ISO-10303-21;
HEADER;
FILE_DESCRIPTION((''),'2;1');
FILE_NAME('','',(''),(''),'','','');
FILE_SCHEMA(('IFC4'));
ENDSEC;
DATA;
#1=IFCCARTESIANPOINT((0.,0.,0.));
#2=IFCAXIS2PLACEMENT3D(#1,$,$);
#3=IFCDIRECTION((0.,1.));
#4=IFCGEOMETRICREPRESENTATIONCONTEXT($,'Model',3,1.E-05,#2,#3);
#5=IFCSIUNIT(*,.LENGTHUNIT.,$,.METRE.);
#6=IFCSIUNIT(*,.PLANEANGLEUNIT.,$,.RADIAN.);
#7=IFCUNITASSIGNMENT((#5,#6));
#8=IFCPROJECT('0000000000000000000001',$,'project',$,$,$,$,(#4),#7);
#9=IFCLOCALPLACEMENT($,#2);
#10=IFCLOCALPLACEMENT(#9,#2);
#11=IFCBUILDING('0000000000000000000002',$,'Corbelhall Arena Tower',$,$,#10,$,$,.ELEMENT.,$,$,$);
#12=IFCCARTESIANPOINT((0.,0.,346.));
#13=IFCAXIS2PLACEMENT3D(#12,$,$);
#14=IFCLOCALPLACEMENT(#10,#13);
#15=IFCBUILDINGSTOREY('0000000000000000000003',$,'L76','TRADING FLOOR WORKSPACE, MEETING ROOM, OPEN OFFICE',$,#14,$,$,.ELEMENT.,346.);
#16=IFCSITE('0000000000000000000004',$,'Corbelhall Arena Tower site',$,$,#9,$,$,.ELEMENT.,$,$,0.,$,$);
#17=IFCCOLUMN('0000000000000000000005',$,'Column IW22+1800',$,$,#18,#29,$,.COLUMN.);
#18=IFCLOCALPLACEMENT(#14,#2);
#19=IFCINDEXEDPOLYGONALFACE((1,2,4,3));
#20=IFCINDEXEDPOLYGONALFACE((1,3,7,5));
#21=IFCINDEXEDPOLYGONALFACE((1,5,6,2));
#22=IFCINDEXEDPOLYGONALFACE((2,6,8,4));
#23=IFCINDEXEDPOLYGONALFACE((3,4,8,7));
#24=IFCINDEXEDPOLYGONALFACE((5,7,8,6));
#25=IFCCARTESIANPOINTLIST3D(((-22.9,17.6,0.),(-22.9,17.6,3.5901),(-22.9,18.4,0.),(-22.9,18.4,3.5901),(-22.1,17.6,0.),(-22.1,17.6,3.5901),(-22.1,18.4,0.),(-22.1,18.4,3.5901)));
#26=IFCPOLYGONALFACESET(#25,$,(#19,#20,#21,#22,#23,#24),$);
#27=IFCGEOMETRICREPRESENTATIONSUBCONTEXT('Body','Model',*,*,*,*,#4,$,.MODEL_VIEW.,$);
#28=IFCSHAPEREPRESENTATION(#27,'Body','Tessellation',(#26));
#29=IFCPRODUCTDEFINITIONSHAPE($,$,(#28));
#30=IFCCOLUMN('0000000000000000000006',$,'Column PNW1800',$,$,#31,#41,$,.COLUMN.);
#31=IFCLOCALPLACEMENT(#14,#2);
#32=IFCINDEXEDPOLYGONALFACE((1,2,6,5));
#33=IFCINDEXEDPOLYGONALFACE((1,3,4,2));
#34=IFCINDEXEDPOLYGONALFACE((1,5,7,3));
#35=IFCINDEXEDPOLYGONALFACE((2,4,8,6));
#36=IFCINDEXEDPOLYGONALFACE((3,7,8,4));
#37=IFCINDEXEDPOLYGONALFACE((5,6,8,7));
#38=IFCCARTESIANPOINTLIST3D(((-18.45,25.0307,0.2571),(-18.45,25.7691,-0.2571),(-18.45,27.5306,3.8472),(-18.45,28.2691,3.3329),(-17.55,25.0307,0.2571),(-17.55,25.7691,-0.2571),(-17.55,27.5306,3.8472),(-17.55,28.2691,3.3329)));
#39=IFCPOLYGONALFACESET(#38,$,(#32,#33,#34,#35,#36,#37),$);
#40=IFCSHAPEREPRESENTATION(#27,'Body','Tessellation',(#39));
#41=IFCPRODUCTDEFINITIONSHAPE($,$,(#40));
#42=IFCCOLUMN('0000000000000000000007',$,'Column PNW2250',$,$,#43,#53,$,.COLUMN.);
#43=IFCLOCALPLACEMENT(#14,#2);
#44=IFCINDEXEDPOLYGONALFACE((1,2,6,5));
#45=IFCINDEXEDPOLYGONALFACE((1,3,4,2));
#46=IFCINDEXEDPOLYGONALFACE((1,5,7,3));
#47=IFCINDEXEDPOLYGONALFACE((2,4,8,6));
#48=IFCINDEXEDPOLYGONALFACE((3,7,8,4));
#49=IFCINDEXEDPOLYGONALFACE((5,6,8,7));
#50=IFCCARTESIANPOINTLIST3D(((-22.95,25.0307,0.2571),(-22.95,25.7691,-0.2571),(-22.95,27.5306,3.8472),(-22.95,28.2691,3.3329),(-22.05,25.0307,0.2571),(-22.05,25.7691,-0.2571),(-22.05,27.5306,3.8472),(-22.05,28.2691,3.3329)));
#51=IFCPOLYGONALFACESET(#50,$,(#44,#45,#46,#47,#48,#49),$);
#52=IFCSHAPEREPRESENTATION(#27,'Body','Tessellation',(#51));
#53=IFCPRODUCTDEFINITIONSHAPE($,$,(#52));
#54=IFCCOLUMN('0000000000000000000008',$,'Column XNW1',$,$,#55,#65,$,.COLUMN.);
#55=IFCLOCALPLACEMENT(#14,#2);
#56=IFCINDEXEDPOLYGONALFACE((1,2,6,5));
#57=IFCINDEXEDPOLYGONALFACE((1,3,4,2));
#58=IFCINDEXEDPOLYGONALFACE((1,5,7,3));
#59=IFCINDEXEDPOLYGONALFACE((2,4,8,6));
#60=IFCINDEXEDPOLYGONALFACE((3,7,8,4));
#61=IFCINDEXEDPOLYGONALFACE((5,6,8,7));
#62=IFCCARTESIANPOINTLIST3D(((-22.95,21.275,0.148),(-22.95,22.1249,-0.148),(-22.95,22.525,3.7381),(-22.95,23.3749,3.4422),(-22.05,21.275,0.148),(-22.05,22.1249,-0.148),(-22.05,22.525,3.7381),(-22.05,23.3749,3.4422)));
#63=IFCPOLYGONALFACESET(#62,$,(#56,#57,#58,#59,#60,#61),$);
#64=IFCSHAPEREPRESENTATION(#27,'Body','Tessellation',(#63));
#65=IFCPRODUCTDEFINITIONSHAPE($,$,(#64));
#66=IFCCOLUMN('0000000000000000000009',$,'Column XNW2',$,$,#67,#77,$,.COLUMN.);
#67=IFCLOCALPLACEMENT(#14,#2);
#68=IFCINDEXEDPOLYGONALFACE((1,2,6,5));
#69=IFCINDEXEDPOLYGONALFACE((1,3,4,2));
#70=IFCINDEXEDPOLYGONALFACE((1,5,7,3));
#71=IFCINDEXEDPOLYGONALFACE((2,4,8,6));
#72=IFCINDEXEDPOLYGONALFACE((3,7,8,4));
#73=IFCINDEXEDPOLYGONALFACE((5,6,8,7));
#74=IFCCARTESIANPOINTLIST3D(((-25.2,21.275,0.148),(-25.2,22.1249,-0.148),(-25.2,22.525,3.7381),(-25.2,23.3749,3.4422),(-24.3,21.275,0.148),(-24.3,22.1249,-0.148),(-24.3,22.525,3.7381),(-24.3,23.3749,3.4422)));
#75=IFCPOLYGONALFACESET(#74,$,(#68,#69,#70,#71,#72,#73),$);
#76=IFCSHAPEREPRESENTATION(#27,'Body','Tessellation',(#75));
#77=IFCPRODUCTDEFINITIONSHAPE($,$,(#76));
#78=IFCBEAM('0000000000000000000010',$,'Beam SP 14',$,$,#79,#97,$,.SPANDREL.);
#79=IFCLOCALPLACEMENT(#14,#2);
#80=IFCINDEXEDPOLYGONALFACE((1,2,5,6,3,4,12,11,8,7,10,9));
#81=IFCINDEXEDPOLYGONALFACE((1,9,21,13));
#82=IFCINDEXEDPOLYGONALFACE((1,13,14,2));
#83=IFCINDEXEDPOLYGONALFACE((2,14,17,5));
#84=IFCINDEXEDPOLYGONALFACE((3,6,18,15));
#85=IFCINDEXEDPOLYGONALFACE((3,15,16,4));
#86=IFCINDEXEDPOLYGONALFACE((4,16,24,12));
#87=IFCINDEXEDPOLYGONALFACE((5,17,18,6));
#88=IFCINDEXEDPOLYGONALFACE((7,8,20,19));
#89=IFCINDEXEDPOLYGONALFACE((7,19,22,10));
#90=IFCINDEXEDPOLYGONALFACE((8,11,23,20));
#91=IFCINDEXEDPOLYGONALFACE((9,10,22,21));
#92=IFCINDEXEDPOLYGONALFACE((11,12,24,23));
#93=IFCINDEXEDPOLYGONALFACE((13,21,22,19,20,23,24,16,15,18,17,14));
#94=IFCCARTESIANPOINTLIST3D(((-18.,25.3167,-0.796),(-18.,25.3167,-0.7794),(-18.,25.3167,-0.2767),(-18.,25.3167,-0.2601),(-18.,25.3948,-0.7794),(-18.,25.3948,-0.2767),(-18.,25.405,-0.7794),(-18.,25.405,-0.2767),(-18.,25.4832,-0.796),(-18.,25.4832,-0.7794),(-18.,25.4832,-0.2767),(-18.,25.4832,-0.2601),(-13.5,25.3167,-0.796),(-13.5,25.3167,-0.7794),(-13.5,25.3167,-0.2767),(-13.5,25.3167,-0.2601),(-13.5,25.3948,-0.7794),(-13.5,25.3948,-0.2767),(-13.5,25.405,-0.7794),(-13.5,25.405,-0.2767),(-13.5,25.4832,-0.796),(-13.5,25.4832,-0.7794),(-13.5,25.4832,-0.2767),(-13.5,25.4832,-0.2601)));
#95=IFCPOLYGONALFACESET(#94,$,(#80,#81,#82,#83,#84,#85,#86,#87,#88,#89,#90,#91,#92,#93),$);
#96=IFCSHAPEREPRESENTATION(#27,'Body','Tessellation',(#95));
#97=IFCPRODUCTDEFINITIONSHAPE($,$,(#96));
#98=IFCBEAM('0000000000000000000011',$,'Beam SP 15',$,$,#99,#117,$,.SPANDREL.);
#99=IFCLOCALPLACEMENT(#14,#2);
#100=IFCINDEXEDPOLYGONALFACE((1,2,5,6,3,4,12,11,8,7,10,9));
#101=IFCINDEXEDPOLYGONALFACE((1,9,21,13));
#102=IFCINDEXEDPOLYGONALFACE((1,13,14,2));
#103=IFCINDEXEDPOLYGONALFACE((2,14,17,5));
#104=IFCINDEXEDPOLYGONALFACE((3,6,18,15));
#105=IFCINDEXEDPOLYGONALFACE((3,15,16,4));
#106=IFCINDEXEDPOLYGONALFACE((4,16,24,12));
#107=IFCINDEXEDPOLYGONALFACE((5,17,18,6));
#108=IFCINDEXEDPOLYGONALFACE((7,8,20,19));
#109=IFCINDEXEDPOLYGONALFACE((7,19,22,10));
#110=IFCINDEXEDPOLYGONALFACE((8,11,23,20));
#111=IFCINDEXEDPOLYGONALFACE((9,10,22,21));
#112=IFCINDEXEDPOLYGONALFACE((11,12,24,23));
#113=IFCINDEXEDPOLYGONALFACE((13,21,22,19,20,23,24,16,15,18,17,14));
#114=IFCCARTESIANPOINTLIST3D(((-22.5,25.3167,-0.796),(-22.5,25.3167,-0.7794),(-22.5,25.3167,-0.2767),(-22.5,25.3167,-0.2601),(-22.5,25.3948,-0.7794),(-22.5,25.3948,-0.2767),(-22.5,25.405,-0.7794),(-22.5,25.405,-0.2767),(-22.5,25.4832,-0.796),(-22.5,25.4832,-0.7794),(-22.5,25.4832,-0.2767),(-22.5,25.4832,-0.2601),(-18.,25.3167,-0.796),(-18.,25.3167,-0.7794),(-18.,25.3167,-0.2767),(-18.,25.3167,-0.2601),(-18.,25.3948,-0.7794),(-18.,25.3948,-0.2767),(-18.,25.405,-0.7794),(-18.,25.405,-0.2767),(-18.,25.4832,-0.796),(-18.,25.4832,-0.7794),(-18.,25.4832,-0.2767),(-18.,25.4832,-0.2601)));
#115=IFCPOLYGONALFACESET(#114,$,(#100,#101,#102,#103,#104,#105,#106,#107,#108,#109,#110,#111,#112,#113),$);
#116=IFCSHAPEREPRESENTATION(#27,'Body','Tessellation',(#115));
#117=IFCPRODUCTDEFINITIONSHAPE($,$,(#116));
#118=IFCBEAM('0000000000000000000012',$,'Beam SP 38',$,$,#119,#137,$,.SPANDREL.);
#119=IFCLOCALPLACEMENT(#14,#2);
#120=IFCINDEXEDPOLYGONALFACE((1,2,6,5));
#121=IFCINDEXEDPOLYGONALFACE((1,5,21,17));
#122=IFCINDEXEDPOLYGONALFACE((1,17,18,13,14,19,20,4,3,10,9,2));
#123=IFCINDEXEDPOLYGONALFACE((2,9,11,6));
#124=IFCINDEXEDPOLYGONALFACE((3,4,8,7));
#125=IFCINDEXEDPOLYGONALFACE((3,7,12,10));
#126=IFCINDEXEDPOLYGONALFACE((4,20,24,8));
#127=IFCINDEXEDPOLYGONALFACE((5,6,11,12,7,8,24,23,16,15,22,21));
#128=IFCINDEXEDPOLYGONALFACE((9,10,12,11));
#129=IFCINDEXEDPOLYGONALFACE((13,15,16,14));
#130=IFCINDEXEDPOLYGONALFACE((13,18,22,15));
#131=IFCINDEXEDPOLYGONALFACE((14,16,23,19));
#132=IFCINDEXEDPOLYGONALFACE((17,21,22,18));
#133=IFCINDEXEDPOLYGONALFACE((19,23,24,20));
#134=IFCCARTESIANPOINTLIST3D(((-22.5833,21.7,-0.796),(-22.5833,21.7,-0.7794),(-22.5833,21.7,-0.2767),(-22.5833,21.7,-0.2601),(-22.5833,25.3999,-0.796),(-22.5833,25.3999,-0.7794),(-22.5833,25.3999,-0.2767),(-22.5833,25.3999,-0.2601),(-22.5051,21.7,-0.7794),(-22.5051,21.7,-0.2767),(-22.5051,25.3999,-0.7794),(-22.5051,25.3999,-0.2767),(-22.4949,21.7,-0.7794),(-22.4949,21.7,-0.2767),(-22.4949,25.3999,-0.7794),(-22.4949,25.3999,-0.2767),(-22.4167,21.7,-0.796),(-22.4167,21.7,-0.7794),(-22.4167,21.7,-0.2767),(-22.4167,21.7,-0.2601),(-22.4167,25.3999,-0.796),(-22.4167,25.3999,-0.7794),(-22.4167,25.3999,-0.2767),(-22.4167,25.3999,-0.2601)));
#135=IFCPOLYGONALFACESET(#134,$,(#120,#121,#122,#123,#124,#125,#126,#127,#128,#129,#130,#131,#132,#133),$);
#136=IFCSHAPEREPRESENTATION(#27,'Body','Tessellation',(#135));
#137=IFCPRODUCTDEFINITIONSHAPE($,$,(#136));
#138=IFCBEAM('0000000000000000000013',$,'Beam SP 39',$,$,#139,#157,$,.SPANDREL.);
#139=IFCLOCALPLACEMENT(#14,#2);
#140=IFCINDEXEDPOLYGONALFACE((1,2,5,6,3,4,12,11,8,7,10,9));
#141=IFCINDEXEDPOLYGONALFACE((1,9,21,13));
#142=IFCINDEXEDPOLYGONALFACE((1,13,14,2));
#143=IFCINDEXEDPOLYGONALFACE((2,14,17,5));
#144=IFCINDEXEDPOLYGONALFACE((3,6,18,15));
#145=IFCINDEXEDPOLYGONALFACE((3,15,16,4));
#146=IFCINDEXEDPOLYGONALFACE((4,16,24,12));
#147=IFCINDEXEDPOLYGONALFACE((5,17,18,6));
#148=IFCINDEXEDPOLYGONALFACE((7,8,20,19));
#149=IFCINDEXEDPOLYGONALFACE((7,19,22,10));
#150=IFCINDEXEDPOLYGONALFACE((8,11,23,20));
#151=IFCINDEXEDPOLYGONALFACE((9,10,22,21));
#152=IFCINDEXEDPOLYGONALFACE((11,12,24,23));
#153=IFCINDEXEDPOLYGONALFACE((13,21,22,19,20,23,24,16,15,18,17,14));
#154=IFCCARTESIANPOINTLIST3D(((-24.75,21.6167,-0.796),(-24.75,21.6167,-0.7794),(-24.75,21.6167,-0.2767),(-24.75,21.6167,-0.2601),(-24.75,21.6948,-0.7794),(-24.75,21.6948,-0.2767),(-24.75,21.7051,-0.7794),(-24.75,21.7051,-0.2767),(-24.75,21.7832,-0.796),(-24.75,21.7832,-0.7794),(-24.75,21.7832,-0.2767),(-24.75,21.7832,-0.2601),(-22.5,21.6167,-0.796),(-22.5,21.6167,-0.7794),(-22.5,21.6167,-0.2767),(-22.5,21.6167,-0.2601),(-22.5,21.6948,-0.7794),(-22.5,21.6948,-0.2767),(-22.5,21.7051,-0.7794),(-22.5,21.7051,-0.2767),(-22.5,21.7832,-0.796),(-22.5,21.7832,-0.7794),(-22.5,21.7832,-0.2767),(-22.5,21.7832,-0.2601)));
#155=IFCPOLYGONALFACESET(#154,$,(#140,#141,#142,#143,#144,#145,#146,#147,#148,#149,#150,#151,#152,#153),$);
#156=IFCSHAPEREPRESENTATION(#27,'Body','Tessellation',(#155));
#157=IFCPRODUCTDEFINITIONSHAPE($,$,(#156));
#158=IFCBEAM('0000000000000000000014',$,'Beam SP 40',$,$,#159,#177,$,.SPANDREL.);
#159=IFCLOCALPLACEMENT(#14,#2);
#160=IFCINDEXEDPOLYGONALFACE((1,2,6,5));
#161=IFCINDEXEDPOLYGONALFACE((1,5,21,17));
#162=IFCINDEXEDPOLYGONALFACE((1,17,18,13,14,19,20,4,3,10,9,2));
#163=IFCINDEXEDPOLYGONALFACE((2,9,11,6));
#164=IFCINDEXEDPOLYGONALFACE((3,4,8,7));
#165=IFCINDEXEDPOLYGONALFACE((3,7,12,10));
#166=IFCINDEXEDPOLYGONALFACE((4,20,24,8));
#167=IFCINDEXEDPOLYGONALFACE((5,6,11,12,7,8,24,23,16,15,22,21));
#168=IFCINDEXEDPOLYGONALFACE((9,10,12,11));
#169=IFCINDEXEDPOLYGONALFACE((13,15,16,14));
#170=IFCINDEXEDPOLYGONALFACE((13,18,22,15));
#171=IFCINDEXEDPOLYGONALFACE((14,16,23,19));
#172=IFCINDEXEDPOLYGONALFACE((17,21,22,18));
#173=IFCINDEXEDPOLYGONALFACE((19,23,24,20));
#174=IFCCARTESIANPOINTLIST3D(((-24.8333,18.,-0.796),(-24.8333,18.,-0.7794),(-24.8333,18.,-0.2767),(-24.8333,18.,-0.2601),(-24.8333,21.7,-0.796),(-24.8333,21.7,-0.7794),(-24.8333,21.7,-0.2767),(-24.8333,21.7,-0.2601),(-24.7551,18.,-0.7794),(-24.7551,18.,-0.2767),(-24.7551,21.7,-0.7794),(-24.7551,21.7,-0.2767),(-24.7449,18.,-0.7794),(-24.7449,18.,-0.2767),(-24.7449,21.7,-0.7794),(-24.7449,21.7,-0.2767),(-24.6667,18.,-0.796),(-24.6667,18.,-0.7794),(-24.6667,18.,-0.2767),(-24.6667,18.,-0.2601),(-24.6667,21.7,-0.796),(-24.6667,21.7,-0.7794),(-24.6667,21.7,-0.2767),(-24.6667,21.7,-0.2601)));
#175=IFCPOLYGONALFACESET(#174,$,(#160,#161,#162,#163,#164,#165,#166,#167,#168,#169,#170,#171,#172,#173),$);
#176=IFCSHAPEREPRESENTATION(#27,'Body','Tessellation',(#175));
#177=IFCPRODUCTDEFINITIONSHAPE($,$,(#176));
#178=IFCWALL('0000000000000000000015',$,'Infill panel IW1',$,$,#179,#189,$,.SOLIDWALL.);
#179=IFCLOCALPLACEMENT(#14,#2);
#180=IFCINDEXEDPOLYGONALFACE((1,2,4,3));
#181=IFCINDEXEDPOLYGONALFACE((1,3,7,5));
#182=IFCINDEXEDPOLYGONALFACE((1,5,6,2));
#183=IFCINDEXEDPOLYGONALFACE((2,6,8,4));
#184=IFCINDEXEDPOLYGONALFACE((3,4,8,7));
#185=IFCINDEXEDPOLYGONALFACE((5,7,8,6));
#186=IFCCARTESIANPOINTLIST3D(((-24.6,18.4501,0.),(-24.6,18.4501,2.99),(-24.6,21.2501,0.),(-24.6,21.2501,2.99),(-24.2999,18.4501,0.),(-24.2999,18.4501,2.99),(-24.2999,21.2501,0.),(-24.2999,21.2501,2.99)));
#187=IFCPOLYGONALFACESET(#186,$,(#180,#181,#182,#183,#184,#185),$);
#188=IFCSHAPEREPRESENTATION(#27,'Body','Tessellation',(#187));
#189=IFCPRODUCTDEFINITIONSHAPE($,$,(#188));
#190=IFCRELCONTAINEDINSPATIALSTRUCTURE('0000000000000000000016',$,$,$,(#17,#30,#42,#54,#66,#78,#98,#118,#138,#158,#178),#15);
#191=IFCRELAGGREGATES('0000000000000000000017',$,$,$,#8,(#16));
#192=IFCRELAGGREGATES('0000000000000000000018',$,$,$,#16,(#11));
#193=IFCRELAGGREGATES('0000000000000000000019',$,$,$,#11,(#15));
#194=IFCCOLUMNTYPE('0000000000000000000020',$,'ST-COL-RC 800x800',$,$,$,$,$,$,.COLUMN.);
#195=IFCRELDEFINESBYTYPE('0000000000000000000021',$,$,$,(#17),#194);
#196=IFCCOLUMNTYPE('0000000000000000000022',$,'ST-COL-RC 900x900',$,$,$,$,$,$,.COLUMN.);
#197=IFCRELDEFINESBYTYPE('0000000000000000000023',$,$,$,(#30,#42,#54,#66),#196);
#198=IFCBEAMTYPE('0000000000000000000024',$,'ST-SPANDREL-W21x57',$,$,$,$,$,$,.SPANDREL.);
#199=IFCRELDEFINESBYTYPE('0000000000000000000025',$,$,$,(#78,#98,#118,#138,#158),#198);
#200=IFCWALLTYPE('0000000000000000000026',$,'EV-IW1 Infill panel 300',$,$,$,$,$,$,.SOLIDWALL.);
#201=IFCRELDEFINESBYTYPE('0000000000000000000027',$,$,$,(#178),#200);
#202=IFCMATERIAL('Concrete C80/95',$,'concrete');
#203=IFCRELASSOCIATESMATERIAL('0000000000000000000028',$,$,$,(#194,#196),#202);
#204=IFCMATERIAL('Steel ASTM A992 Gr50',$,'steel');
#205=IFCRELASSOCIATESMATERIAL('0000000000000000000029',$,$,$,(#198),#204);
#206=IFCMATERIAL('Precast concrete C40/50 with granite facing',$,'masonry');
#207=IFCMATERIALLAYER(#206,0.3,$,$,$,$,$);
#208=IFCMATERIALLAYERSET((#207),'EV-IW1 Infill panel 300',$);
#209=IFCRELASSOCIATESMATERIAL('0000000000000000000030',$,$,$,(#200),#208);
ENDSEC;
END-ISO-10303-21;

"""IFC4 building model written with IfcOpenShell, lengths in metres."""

from ifc_helpers import new_model, si_unit, direction, frame, frame_2d, origin, origin_2d, place, context, subcontext, project, spatial, rectangle, i_section, extrude, material, layer, layer_set, material_profile, profile_set, type_object, element, save


model = new_model("IFC4")

# Units and contexts
model_context = context("Model", 3, precision=1e-05, world=origin(), true_north=direction((0.0, 1.0)))
body_context = subcontext(model_context, "Body", "Model", "MODEL_VIEW")
ifc_project = project(units=[si_unit("LENGTHUNIT", "METRE"), si_unit("PLANEANGLEUNIT", "RADIAN")], contexts=[model_context])

# Site, building, storey
site_placement = place(None, origin())
site = spatial("IfcSite", under=ifc_project, at=site_placement, Name="Corbelhall Arena Tower site", CompositionType="ELEMENT", RefElevation=0.0)
building_placement = place(site_placement, origin())
building = spatial("IfcBuilding", under=site, at=building_placement, Name="Corbelhall Arena Tower", CompositionType="ELEMENT")
storey_placement = place(building_placement, frame((0.0, 0.0, 346.0)))
storey = spatial("IfcBuildingStorey", under=building, at=storey_placement, Name="L76", Description="TRADING FLOOR WORKSPACE, MEETING ROOM, OPEN OFFICE", CompositionType="ELEMENT", Elevation=346.0)

# Columns
ifc_material_1 = material(Name="Concrete C80/95", Category="concrete")
ifc_material_profile_1 = material_profile(ifc_material_1, rectangle(XDim=0.8, YDim=0.8, at=origin_2d()))
ifc_profile_set_1 = profile_set([ifc_material_profile_1], Name="Concrete C80/95")
column_type_1 = type_object("IfcColumnType", Name="ST-COL-RC 800x800", PredefinedType="COLUMN", material=ifc_profile_set_1)
column_placement = place(storey_placement, frame((-22.5, 18.0, 0.0), z_axis=(0.0, 0.0, 1.0), x_axis=(1.0, 0.0, 0.0)))
element("IfcColumn", 1, at=column_placement, inside=storey, type_object=column_type_1, Name="Column IW22+1800", PredefinedType="COLUMN", context=body_context, shape_type="SweptSolid", body=[
    extrude(rectangle(XDim=0.8, YDim=0.8, at=origin_2d()), origin(), (0.0, 0.0, 1.0), 3.5901),
])
ifc_material_profile_2 = material_profile(ifc_material_1, rectangle(XDim=0.8999, YDim=0.8999, at=origin_2d()))
ifc_profile_set_2 = profile_set([ifc_material_profile_2], Name="Concrete C80/95")
column_type_2 = type_object("IfcColumnType", Name="ST-COL-RC 900x900", PredefinedType="COLUMN", material=ifc_profile_set_2)
for number, where, z_axis, x_axis, name in (
    (2, (-18.0, 25.3999, 0.0), (0.0, 0.571457, 0.820632), (-1.0, 0.0, 0.0), "Column PNW1800"),
    (3, (-22.5, 25.3999, 0.0), (0.0, 0.571457, 0.820632), (-1.0, 0.0, 0.0), "Column PNW2250"),
):
    element("IfcColumn", number, at=place(storey_placement, frame(where, z_axis=z_axis, x_axis=x_axis)), inside=storey, type_object=column_type_2, Name=name, PredefinedType="COLUMN", context=body_context, shape_type="SweptSolid", body=[
        extrude(rectangle(XDim=0.8999, YDim=0.8999, at=origin_2d()), origin(), (0.0, 0.0, 1.0), 4.3748),
    ])
for number, where, z_axis, x_axis, name in (
    (4, (-22.5, 21.7, 0.0), (0.0, 0.32882, 0.944393), (-1.0, 0.0, 0.0), "Column XNW1"),
    (5, (-24.75, 21.7, 0.0), (0.0, 0.32882, 0.944393), (-1.0, 0.0, 0.0), "Column XNW2"),
):
    element("IfcColumn", number, at=place(storey_placement, frame(where, z_axis=z_axis, x_axis=x_axis)), inside=storey, type_object=column_type_2, Name=name, PredefinedType="COLUMN", context=body_context, shape_type="SweptSolid", body=[
        extrude(rectangle(XDim=0.8999, YDim=0.8999, at=origin_2d()), origin(), (0.0, 0.0, 1.0), 3.8015),
    ])

# Beams
ifc_material_2 = material(Name="Steel ASTM A992 Gr50", Category="steel")
ifc_material_profile_3 = material_profile(ifc_material_2, i_section(OverallWidth=0.1665, OverallDepth=0.5359, WebThickness=0.0103, FlangeThickness=0.0166, at=origin_2d()))
ifc_profile_set_3 = profile_set([ifc_material_profile_3], Name="Steel ASTM A992 Gr50")
beam_type = type_object("IfcBeamType", Name="ST-SPANDREL-W21x57", PredefinedType="SPANDREL", material=ifc_profile_set_3)
for number, where, z_axis, x_axis, name in (
    (6, (-18.0, 25.3999, -0.5281), (1.0, 0.0, 0.0), (0.0, 1.0, 0.0), "Beam SP 14"),
    (7, (-22.5, 25.3999, -0.5281), (1.0, 0.0, 0.0), (0.0, 1.0, 0.0), "Beam SP 15"),
):
    element("IfcBeam", number, at=place(storey_placement, frame(where, z_axis=z_axis, x_axis=x_axis)), inside=storey, type_object=beam_type, Name=name, PredefinedType="SPANDREL", context=body_context, shape_type="SweptSolid", body=[
        extrude(i_section(OverallWidth=0.1665, OverallDepth=0.5359, WebThickness=0.0103, FlangeThickness=0.0166, at=origin_2d()), origin(), (0.0, 0.0, 1.0), 4.5),
    ])
beam_1_placement = place(storey_placement, frame((-22.5, 21.7, -0.5281), z_axis=(0.0, 1.0, 0.0), x_axis=(-1.0, 0.0, 0.0)))
element("IfcBeam", 8, at=beam_1_placement, inside=storey, type_object=beam_type, Name="Beam SP 38", PredefinedType="SPANDREL", context=body_context, shape_type="SweptSolid", body=[
    extrude(i_section(OverallWidth=0.1665, OverallDepth=0.5359, WebThickness=0.0103, FlangeThickness=0.0166, at=origin_2d()), origin(), (0.0, 0.0, 1.0), 3.7),
])
beam_2_placement = place(storey_placement, frame((-24.75, 21.7, -0.5281), z_axis=(1.0, 0.0, 0.0), x_axis=(0.0, 1.0, 0.0)))
element("IfcBeam", 9, at=beam_2_placement, inside=storey, type_object=beam_type, Name="Beam SP 39", PredefinedType="SPANDREL", context=body_context, shape_type="SweptSolid", body=[
    extrude(i_section(OverallWidth=0.1665, OverallDepth=0.5359, WebThickness=0.0103, FlangeThickness=0.0166, at=origin_2d()), origin(), (0.0, 0.0, 1.0), 2.25),
])
beam_3_placement = place(storey_placement, frame((-24.75, 18.0, -0.5281), z_axis=(0.0, 1.0, 0.0), x_axis=(-1.0, 0.0, 0.0)))
element("IfcBeam", 10, at=beam_3_placement, inside=storey, type_object=beam_type, Name="Beam SP 40", PredefinedType="SPANDREL", context=body_context, shape_type="SweptSolid", body=[
    extrude(i_section(OverallWidth=0.1665, OverallDepth=0.5359, WebThickness=0.0103, FlangeThickness=0.0166, at=origin_2d()), origin(), (0.0, 0.0, 1.0), 3.7),
])

# Wall
ifc_material_3 = material(Name="Precast concrete C40/50 with granite facing", Category="masonry")
ifc_layer_1 = layer(ifc_material_3, 0.3)
ifc_layer_set_1 = layer_set([ifc_layer_1], Name="EV-IW1 Infill panel 300")
wall_type_1 = type_object("IfcWallType", Name="EV-IW1 Infill panel 300", PredefinedType="SOLIDWALL", material=ifc_layer_set_1)
wall_1_placement = place(storey_placement, frame((-24.45, 21.25, 0.0), z_axis=(0.0, 0.0, 1.0), x_axis=(0.0, -1.0, 0.0)))
element("IfcWall", 11, at=wall_1_placement, inside=storey, type_object=wall_type_1, Name="Infill panel IW1", PredefinedType="SOLIDWALL", context=body_context, shape_type="SweptSolid", body=[
    extrude(rectangle(XDim=2.8, YDim=0.3, at=frame_2d((1.3999, 0.0))), origin(), (0.0, 0.0, 1.0), 2.99),
])

save(model, "model.ifc")
